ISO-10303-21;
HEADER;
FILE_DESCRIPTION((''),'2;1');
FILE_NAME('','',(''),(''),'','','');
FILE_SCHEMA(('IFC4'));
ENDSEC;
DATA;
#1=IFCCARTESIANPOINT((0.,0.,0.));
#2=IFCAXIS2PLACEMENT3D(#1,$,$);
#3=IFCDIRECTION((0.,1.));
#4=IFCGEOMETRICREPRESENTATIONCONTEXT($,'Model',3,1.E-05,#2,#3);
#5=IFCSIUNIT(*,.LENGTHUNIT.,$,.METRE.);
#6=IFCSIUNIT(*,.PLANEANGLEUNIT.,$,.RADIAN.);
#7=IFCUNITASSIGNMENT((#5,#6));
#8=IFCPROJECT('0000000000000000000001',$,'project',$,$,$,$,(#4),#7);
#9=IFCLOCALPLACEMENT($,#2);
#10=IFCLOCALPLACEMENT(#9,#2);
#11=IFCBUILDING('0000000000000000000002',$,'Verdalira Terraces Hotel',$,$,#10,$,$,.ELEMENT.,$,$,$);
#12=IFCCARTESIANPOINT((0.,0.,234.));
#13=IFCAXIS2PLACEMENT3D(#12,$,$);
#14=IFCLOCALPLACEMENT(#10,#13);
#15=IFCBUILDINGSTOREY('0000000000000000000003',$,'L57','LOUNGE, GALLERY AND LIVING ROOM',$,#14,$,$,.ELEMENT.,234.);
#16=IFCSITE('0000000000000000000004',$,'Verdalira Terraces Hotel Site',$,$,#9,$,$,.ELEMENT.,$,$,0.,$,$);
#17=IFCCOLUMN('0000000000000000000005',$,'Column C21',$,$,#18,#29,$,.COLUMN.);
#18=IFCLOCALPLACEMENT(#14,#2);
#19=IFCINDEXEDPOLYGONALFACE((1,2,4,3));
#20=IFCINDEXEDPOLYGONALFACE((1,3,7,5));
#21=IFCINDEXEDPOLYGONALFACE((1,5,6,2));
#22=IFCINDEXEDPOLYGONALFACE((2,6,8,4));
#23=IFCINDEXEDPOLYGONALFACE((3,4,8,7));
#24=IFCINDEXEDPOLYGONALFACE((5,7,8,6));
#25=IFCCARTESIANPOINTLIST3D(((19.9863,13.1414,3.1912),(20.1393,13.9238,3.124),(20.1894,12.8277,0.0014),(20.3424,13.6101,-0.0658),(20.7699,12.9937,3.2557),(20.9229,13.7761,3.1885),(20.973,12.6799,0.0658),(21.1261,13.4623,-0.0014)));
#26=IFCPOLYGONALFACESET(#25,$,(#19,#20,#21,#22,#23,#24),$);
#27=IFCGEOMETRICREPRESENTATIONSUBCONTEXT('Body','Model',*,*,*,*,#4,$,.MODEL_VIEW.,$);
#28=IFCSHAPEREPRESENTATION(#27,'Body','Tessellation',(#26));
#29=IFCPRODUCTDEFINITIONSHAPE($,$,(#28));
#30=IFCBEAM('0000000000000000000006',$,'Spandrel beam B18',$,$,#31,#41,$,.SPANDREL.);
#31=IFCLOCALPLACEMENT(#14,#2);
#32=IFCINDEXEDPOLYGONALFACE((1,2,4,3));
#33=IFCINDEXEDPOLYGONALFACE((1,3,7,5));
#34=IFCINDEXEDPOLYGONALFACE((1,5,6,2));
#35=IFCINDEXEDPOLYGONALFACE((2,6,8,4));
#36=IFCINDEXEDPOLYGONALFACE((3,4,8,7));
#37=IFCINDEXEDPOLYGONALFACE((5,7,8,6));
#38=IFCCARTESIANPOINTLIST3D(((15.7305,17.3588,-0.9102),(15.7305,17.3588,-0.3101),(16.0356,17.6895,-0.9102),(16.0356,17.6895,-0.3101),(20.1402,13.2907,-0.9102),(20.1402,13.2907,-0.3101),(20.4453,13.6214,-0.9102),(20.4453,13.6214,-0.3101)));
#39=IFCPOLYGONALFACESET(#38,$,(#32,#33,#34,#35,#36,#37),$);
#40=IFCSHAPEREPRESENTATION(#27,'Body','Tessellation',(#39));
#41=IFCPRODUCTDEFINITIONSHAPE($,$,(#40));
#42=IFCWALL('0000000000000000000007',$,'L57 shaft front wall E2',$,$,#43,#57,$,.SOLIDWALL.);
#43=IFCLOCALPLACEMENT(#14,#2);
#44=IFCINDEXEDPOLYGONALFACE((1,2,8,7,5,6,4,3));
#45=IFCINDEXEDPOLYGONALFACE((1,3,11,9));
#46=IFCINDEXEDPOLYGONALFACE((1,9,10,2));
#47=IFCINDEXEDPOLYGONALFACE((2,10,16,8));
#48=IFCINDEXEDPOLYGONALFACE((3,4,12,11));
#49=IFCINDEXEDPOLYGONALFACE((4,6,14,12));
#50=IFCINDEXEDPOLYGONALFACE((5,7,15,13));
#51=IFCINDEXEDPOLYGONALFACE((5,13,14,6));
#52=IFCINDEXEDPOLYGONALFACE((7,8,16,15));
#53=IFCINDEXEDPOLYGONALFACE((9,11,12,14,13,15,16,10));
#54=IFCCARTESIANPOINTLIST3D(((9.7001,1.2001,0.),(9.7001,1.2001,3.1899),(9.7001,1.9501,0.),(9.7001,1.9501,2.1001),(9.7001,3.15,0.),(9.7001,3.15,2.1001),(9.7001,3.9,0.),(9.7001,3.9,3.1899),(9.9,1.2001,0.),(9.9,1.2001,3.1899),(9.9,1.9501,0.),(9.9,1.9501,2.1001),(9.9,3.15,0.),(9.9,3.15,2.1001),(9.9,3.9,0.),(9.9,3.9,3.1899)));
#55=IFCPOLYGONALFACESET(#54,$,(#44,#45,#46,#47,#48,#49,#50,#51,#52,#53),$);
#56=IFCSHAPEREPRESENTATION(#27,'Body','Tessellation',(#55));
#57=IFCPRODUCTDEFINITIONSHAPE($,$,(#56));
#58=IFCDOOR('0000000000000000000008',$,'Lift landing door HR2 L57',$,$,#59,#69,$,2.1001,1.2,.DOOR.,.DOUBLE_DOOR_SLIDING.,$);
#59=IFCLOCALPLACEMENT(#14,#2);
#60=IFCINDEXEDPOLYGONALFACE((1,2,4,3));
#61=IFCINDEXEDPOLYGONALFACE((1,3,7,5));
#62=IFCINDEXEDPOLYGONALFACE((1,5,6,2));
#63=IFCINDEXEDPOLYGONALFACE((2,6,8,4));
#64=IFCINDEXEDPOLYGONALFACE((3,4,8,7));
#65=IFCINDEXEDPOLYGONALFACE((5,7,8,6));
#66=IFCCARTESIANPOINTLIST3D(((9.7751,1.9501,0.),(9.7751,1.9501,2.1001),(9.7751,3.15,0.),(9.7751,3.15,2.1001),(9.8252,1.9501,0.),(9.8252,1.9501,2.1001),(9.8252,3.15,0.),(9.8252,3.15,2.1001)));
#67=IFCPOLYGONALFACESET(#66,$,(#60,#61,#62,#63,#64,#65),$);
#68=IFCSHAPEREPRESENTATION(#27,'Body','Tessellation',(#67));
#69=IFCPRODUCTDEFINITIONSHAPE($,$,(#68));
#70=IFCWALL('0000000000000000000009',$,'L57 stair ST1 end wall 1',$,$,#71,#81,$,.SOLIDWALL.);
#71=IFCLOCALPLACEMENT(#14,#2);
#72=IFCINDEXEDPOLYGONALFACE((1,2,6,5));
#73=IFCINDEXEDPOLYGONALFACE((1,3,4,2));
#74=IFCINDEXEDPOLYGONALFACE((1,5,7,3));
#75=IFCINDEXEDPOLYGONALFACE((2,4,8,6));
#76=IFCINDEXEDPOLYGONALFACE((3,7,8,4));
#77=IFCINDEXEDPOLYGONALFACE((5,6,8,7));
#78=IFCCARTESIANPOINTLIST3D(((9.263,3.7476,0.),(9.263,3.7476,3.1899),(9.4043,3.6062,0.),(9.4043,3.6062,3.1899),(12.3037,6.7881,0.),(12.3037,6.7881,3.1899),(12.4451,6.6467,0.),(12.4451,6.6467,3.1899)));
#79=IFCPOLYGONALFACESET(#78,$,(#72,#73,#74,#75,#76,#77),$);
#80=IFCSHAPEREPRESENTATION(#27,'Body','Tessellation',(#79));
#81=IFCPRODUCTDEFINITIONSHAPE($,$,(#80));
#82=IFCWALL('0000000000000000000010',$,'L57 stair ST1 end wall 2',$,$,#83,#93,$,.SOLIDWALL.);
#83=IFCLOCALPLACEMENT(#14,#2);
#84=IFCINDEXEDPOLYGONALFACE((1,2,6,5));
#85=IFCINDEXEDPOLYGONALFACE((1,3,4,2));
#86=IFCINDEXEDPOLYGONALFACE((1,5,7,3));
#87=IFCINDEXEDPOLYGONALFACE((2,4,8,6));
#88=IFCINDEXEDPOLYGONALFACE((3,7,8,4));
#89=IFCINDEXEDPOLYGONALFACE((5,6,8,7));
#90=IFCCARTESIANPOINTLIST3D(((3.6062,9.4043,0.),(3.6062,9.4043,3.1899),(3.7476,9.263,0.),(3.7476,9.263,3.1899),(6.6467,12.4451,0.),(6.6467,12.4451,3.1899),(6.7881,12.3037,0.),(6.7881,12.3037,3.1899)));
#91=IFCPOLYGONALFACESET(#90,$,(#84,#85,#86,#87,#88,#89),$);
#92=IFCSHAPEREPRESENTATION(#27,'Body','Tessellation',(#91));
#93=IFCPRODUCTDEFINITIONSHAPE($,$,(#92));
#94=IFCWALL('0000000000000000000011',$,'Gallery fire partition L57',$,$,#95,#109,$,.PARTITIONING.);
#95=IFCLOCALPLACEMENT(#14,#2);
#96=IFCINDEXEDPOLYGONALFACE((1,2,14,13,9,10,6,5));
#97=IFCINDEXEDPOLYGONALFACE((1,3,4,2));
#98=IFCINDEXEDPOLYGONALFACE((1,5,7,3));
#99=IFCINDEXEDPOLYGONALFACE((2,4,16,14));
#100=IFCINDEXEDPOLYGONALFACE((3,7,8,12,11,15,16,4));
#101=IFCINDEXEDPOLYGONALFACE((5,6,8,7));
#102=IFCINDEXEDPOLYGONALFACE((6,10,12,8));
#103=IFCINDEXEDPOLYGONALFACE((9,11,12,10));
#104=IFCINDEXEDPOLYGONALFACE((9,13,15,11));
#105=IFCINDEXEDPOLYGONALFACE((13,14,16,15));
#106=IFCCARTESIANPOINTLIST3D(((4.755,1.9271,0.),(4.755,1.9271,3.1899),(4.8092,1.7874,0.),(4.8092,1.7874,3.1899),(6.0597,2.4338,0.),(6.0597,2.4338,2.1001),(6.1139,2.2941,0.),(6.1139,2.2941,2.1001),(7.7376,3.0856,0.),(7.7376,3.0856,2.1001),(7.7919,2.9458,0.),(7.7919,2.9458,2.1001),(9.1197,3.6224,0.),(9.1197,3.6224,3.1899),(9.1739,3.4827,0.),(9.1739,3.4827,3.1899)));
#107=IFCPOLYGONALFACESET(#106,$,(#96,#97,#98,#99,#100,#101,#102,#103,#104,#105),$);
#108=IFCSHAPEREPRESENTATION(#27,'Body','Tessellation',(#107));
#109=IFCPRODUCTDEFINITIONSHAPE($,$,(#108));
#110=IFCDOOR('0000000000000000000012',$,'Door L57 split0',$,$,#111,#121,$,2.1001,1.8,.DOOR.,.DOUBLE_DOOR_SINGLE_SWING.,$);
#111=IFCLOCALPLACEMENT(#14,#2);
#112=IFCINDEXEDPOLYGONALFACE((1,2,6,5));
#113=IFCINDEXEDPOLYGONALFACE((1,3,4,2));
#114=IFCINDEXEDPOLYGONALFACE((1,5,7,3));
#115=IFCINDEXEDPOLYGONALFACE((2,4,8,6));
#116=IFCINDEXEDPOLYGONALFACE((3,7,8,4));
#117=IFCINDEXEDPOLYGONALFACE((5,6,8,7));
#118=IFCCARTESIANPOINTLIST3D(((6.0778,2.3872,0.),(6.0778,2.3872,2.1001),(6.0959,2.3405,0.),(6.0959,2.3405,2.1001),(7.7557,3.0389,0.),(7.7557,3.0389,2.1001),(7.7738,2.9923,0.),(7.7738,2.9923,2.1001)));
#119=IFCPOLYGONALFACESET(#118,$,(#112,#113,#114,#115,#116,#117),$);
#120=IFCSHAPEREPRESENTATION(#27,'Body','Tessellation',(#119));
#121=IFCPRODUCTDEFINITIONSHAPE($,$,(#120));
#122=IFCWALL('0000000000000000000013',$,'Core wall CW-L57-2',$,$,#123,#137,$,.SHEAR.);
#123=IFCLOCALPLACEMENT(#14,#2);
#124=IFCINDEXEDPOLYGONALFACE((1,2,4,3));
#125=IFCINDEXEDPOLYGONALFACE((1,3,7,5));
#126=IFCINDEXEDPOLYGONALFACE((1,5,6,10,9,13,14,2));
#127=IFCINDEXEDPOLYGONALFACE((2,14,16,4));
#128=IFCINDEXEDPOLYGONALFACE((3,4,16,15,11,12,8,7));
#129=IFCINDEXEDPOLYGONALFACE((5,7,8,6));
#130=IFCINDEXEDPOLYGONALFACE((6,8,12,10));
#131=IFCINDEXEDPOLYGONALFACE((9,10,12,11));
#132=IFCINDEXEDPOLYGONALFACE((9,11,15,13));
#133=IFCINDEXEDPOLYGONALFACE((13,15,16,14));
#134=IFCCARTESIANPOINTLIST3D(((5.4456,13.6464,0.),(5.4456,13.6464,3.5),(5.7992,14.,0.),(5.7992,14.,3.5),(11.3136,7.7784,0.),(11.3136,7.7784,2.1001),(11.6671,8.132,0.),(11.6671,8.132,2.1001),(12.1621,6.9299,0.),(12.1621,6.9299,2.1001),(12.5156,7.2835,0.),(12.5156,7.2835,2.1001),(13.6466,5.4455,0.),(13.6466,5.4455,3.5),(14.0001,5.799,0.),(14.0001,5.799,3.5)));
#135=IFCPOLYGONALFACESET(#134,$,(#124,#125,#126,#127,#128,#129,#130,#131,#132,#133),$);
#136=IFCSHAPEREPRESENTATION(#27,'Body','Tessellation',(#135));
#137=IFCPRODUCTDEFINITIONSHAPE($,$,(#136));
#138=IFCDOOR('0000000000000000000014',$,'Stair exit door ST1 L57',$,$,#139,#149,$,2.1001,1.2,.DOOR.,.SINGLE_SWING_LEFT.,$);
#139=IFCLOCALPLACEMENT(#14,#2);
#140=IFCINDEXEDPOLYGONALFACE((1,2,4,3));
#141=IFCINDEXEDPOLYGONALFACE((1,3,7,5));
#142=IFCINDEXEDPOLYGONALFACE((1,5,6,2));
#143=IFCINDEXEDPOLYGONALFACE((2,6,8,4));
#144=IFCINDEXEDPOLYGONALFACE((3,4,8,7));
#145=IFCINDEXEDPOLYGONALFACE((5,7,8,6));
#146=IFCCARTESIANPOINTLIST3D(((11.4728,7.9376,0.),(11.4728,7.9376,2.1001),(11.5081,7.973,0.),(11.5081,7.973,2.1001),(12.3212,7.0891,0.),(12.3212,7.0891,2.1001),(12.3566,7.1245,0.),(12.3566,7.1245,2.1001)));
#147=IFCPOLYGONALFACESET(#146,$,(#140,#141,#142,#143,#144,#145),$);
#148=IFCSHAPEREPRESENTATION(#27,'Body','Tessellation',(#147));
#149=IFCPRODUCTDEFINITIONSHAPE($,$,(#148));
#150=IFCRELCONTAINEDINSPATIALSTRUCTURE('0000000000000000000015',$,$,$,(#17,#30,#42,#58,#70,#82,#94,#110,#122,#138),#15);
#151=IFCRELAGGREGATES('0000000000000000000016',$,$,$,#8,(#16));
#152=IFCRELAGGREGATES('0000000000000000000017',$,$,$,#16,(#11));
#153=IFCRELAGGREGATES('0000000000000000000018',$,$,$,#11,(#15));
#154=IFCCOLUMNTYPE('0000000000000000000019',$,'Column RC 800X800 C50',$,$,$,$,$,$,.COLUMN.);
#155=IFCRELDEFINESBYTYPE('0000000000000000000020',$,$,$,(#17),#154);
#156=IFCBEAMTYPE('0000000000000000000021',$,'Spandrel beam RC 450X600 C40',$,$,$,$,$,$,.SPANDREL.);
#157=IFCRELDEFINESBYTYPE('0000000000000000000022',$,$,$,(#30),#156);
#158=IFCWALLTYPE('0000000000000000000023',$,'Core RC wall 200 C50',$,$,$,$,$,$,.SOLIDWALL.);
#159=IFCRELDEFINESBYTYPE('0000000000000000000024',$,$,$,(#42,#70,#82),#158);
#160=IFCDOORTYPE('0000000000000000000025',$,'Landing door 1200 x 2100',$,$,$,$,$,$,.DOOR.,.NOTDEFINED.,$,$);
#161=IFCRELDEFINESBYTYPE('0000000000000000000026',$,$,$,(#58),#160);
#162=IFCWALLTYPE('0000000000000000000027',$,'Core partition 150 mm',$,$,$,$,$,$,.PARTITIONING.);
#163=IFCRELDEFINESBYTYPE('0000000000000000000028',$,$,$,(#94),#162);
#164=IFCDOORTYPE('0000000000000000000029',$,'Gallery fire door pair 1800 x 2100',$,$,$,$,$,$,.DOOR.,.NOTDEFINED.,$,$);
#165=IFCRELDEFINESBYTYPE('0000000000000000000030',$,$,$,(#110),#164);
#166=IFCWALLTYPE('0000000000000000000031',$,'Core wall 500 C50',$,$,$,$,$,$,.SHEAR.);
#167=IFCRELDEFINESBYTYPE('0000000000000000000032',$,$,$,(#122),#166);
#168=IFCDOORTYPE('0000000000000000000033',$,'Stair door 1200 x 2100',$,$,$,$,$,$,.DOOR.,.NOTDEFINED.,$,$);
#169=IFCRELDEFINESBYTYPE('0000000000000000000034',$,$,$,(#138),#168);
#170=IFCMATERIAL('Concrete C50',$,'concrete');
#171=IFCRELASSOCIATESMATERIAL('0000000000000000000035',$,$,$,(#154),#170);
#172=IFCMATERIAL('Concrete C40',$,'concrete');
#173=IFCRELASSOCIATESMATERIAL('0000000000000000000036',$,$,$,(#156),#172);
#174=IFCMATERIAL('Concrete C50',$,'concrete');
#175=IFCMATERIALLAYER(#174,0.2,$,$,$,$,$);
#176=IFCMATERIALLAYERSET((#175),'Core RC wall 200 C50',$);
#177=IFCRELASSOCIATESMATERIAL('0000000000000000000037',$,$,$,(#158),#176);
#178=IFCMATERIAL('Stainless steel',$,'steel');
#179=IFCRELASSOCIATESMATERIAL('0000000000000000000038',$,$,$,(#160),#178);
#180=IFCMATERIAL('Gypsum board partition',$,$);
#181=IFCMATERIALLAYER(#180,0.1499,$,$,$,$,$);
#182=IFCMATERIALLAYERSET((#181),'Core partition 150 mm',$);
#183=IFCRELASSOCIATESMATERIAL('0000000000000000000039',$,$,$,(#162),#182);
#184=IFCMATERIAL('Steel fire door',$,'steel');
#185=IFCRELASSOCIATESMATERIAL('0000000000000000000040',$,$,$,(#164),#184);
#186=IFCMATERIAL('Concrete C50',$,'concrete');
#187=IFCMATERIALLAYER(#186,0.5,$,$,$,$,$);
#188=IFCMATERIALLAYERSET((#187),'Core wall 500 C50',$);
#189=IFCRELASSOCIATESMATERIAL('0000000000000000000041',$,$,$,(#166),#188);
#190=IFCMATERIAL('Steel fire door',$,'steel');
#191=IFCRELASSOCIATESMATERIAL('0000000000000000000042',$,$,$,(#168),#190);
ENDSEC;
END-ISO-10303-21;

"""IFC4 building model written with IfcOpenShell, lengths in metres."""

from ifc_helpers import new_model, si_unit, direction, frame, frame_2d, origin, origin_2d, place, context, subcontext, project, spatial, rectangle, extrude, material, layer, layer_set, material_profile, profile_set, type_object, element, fill, save


model = new_model("IFC4")

# Units and contexts
model_context = context("Model", 3, precision=1e-05, world=origin(), true_north=direction((0.0, 1.0)))
body_context = subcontext(model_context, "Body", "Model", "MODEL_VIEW")
ifc_project = project(units=[si_unit("LENGTHUNIT", "METRE"), si_unit("PLANEANGLEUNIT", "RADIAN")], contexts=[model_context])

# Site, building, storey
site_placement = place(None, origin())
site = spatial("IfcSite", under=ifc_project, at=site_placement, Name="Verdalira Terraces Hotel Site", CompositionType="ELEMENT", RefElevation=0.0)
building_placement = place(site_placement, origin())
building = spatial("IfcBuilding", under=site, at=building_placement, Name="Verdalira Terraces Hotel", CompositionType="ELEMENT")
storey_placement = place(building_placement, frame((0.0, 0.0, 234.0)))
storey = spatial("IfcBuildingStorey", under=building, at=storey_placement, Name="L57", Description="LOUNGE, GALLERY AND LIVING ROOM", CompositionType="ELEMENT", Elevation=234.0)

# Column
ifc_material_1 = material(Name="Concrete C50", Category="concrete")
ifc_material_profile_1 = material_profile(ifc_material_1, rectangle(XDim=0.8, YDim=0.8, at=origin_2d()), Name="RC 800X800")
ifc_profile_set_1 = profile_set([ifc_material_profile_1], Name="Concrete C50")
column_type = type_object("IfcColumnType", Name="Column RC 800X800 C50", PredefinedType="COLUMN", material=ifc_profile_set_1)
column_placement = place(storey_placement, frame((20.6577, 13.145, 0.0), z_axis=(-0.063244, 0.097679, 0.993206), x_axis=(0.979494, -0.184676, 0.080533)))
element("IfcColumn", 1, at=column_placement, inside=storey, type_object=column_type, Name="Column C21", PredefinedType="COLUMN", context=body_context, shape_type="SweptSolid", body=[
    extrude(rectangle(XDim=0.8, YDim=0.8, at=origin_2d()), origin(), (0.0, 0.0, 1.0), 3.2117),
])

# Beam
ifc_material_2 = material(Name="Concrete C40", Category="concrete")
ifc_material_profile_2 = material_profile(ifc_material_2, rectangle(XDim=0.45, YDim=0.6001, at=origin_2d()), Name="RC 450X600")
ifc_profile_set_2 = profile_set([ifc_material_profile_2], Name="Concrete C40")
beam_type = type_object("IfcBeamType", Name="Spandrel beam RC 450X600 C40", PredefinedType="SPANDREL", material=ifc_profile_set_2)
beam_placement = place(storey_placement, frame((20.2927, 13.4561, -0.6101), z_axis=(-0.734998, 0.678069, 0.0), x_axis=(-0.678069, -0.734998, 0.0)))
element("IfcBeam", 2, at=beam_placement, inside=storey, type_object=beam_type, Name="Spandrel beam B18", PredefinedType="SPANDREL", context=body_context, shape_type="SweptSolid", body=[
    extrude(rectangle(XDim=0.45, YDim=0.6001, at=origin_2d()), origin(), (0.0, 0.0, 1.0), 5.9995),
])

# Wall, opening, door
ifc_material_3 = material(Name="Concrete C50", Category="concrete")
ifc_layer_1 = layer(ifc_material_3, 0.2)
ifc_layer_set_1 = layer_set([ifc_layer_1], Name="Core RC wall 200 C50")
wall_type_1 = type_object("IfcWallType", Name="Core RC wall 200 C50", PredefinedType="SOLIDWALL", material=ifc_layer_set_1)
wall_1_placement = place(storey_placement, frame((9.8, 1.2, 0.0), z_axis=(0.0, 0.0, 1.0), x_axis=(0.0, 1.0, 0.0)))
wall_1 = element("IfcWall", 3, at=wall_1_placement, inside=storey, type_object=wall_type_1, Name="L57 shaft front wall E2", PredefinedType="SOLIDWALL", context=body_context, shape_type="SweptSolid", body=[
    extrude(rectangle(XDim=2.7, YDim=0.2, at=frame_2d((1.3501, 0.0))), origin(), (0.0, 0.0, 1.0), 3.1899),
])
opening_1_placement = place(wall_1_placement, frame((0.75, 0.0, 0.0)))
opening_1 = element("IfcOpeningElement", 4, at=opening_1_placement, cuts=wall_1, PredefinedType="OPENING", context=body_context, shape_type="SweptSolid", body=[
    extrude(rectangle(XDim=1.2, YDim=2.1001, at=frame_2d((0.6001, 1.05))), frame((0.0, 0.1099, 0.0), z_axis=(0.0, -1.0, 0.0), x_axis=(1.0, 0.0, 0.0)), (0.0, 0.0, 1.0), 0.22),
])
ifc_material_4 = material(Name="Stainless steel", Category="steel")
door_type_1 = type_object("IfcDoorType", Name="Landing door 1200 x 2100", OperationType="NOTDEFINED", PredefinedType="DOOR", material=ifc_material_4)
door_1_placement = place(opening_1_placement, origin())
door_1 = element("IfcDoor", 5, at=door_1_placement, inside=storey, type_object=door_type_1, Name="Lift landing door HR2 L57", OperationType="DOUBLE_DOOR_SLIDING", OverallHeight=2.1001, OverallWidth=1.2, PredefinedType="DOOR", context=body_context, shape_type="SweptSolid", body=[
    extrude(rectangle(XDim=1.2, YDim=2.1001, at=frame_2d((0.6001, 1.05))), frame((0.0, 0.0249, 0.0), z_axis=(0.0, -1.0, 0.0), x_axis=(1.0, 0.0, 0.0)), (0.0, 0.0, 1.0), 0.05),
])
fill(opening_1, door_1)

# Walls
for number, where, z_axis, x_axis, name in (
    (6, (9.3337, 3.677, 0.0), (0.0, 0.0, 1.0), (0.707135, 0.707078, 0.0), "L57 stair ST1 end wall 1"),
    (7, (3.677, 9.3337, 0.0), (0.0, 0.0, 1.0), (0.707078, 0.707135, 0.0), "L57 stair ST1 end wall 2"),
):
    element("IfcWall", number, at=place(storey_placement, frame(where, z_axis=z_axis, x_axis=x_axis)), inside=storey, type_object=wall_type_1, Name=name, PredefinedType="SOLIDWALL", context=body_context, shape_type="SweptSolid", body=[
        extrude(rectangle(XDim=4.3, YDim=0.2, at=frame_2d((2.1499, 0.0))), origin(), (0.0, 0.0, 1.0), 3.1899),
    ])

# Walls, openings, doors
ifc_material_5 = material(Name="Gypsum board partition")
ifc_layer_2 = layer(ifc_material_5, 0.1499)
ifc_layer_set_2 = layer_set([ifc_layer_2], Name="Core partition 150 mm")
wall_type_2 = type_object("IfcWallType", Name="Core partition 150 mm", PredefinedType="PARTITIONING", material=ifc_layer_set_2)
wall_2_placement = place(storey_placement, frame((4.782, 1.8572, 0.0), z_axis=(0.0, 0.0, 1.0), x_axis=(0.932155, 0.362059, 0.0)))
wall_2 = element("IfcWall", 8, at=wall_2_placement, inside=storey, type_object=wall_type_2, Name="Gallery fire partition L57", PredefinedType="PARTITIONING", context=body_context, shape_type="SweptSolid", body=[
    extrude(rectangle(XDim=4.6824, YDim=0.1499, at=frame_2d((2.3413, 0.0))), origin(), (0.0, 0.0, 1.0), 3.1899),
])
opening_2_placement = place(wall_2_placement, frame((1.3999, 0.0, 0.0)))
opening_2 = element("IfcOpeningElement", 9, at=opening_2_placement, cuts=wall_2, PredefinedType="OPENING", context=body_context, shape_type="SweptSolid", body=[
    extrude(rectangle(XDim=1.8, YDim=2.1001, at=frame_2d((0.8999, 1.05))), frame((0.0, 0.085, 0.0), z_axis=(0.0, -1.0, 0.0), x_axis=(1.0, 0.0, 0.0)), (0.0, 0.0, 1.0), 0.1699),
])
ifc_material_6 = material(Name="Steel fire door", Category="steel")
door_type_2 = type_object("IfcDoorType", Name="Gallery fire door pair 1800 x 2100", OperationType="NOTDEFINED", PredefinedType="DOOR", material=ifc_material_6)
door_2_placement = place(opening_2_placement, origin())
door_2 = element("IfcDoor", 10, at=door_2_placement, inside=storey, type_object=door_type_2, Name="Door L57 split0", OperationType="DOUBLE_DOOR_SINGLE_SWING", OverallHeight=2.1001, OverallWidth=1.8, PredefinedType="DOOR", context=body_context, shape_type="SweptSolid", body=[
    extrude(rectangle(XDim=1.8, YDim=2.1001, at=frame_2d((0.8999, 1.05))), frame((0.0, 0.0249, 0.0), z_axis=(0.0, -1.0, 0.0), x_axis=(1.0, 0.0, 0.0)), (0.0, 0.0, 1.0), 0.05),
])
fill(opening_2, door_2)
ifc_material_7 = material(Name="Concrete C50", Category="concrete")
ifc_layer_3 = layer(ifc_material_7, 0.5)
ifc_layer_set_3 = layer_set([ifc_layer_3], Name="Core wall 500 C50")
wall_type_3 = type_object("IfcWallType", Name="Core wall 500 C50", PredefinedType="SHEAR", material=ifc_layer_set_3)
wall_3_placement = place(storey_placement, frame((13.8232, 5.6223, 0.0), z_axis=(0.0, 0.0, 1.0), x_axis=(-0.707107, 0.707107, 0.0)))
wall_3 = element("IfcWall", 11, at=wall_3_placement, inside=storey, type_object=wall_type_3, Name="Core wall CW-L57-2", PredefinedType="SHEAR", context=body_context, shape_type="SweptSolid", body=[
    extrude(rectangle(XDim=11.5979, YDim=0.5, at=frame_2d((5.7988, 0.0))), origin(), (0.0, 0.0, 1.0), 3.5),
])
opening_3_placement = place(wall_3_placement, frame((2.0991, 0.0, 0.0)))
opening_3 = element("IfcOpeningElement", 12, at=opening_3_placement, cuts=wall_3, PredefinedType="OPENING", context=body_context, shape_type="SweptSolid", body=[
    extrude(rectangle(XDim=1.2, YDim=2.1001, at=frame_2d((0.6001, 1.05))), frame((0.0, 0.26, 0.0), z_axis=(0.0, -1.0, 0.0), x_axis=(1.0, 0.0, 0.0)), (0.0, 0.0, 1.0), 0.52),
])
ifc_material_8 = material(Name="Steel fire door", Category="steel")
door_type_3 = type_object("IfcDoorType", Name="Stair door 1200 x 2100", OperationType="NOTDEFINED", PredefinedType="DOOR", material=ifc_material_8)
door_3_placement = place(opening_3_placement, origin())
door_3 = element("IfcDoor", 13, at=door_3_placement, inside=storey, type_object=door_type_3, Name="Stair exit door ST1 L57", OperationType="SINGLE_SWING_LEFT", OverallHeight=2.1001, OverallWidth=1.2, PredefinedType="DOOR", context=body_context, shape_type="SweptSolid", body=[
    extrude(rectangle(XDim=1.2, YDim=2.1001, at=frame_2d((0.6001, 1.05))), frame((0.0, 0.0249, 0.0), z_axis=(0.0, -1.0, 0.0), x_axis=(1.0, 0.0, 0.0)), (0.0, 0.0, 1.0), 0.05),
])
fill(opening_3, door_3)

save(model, "model.ifc")
